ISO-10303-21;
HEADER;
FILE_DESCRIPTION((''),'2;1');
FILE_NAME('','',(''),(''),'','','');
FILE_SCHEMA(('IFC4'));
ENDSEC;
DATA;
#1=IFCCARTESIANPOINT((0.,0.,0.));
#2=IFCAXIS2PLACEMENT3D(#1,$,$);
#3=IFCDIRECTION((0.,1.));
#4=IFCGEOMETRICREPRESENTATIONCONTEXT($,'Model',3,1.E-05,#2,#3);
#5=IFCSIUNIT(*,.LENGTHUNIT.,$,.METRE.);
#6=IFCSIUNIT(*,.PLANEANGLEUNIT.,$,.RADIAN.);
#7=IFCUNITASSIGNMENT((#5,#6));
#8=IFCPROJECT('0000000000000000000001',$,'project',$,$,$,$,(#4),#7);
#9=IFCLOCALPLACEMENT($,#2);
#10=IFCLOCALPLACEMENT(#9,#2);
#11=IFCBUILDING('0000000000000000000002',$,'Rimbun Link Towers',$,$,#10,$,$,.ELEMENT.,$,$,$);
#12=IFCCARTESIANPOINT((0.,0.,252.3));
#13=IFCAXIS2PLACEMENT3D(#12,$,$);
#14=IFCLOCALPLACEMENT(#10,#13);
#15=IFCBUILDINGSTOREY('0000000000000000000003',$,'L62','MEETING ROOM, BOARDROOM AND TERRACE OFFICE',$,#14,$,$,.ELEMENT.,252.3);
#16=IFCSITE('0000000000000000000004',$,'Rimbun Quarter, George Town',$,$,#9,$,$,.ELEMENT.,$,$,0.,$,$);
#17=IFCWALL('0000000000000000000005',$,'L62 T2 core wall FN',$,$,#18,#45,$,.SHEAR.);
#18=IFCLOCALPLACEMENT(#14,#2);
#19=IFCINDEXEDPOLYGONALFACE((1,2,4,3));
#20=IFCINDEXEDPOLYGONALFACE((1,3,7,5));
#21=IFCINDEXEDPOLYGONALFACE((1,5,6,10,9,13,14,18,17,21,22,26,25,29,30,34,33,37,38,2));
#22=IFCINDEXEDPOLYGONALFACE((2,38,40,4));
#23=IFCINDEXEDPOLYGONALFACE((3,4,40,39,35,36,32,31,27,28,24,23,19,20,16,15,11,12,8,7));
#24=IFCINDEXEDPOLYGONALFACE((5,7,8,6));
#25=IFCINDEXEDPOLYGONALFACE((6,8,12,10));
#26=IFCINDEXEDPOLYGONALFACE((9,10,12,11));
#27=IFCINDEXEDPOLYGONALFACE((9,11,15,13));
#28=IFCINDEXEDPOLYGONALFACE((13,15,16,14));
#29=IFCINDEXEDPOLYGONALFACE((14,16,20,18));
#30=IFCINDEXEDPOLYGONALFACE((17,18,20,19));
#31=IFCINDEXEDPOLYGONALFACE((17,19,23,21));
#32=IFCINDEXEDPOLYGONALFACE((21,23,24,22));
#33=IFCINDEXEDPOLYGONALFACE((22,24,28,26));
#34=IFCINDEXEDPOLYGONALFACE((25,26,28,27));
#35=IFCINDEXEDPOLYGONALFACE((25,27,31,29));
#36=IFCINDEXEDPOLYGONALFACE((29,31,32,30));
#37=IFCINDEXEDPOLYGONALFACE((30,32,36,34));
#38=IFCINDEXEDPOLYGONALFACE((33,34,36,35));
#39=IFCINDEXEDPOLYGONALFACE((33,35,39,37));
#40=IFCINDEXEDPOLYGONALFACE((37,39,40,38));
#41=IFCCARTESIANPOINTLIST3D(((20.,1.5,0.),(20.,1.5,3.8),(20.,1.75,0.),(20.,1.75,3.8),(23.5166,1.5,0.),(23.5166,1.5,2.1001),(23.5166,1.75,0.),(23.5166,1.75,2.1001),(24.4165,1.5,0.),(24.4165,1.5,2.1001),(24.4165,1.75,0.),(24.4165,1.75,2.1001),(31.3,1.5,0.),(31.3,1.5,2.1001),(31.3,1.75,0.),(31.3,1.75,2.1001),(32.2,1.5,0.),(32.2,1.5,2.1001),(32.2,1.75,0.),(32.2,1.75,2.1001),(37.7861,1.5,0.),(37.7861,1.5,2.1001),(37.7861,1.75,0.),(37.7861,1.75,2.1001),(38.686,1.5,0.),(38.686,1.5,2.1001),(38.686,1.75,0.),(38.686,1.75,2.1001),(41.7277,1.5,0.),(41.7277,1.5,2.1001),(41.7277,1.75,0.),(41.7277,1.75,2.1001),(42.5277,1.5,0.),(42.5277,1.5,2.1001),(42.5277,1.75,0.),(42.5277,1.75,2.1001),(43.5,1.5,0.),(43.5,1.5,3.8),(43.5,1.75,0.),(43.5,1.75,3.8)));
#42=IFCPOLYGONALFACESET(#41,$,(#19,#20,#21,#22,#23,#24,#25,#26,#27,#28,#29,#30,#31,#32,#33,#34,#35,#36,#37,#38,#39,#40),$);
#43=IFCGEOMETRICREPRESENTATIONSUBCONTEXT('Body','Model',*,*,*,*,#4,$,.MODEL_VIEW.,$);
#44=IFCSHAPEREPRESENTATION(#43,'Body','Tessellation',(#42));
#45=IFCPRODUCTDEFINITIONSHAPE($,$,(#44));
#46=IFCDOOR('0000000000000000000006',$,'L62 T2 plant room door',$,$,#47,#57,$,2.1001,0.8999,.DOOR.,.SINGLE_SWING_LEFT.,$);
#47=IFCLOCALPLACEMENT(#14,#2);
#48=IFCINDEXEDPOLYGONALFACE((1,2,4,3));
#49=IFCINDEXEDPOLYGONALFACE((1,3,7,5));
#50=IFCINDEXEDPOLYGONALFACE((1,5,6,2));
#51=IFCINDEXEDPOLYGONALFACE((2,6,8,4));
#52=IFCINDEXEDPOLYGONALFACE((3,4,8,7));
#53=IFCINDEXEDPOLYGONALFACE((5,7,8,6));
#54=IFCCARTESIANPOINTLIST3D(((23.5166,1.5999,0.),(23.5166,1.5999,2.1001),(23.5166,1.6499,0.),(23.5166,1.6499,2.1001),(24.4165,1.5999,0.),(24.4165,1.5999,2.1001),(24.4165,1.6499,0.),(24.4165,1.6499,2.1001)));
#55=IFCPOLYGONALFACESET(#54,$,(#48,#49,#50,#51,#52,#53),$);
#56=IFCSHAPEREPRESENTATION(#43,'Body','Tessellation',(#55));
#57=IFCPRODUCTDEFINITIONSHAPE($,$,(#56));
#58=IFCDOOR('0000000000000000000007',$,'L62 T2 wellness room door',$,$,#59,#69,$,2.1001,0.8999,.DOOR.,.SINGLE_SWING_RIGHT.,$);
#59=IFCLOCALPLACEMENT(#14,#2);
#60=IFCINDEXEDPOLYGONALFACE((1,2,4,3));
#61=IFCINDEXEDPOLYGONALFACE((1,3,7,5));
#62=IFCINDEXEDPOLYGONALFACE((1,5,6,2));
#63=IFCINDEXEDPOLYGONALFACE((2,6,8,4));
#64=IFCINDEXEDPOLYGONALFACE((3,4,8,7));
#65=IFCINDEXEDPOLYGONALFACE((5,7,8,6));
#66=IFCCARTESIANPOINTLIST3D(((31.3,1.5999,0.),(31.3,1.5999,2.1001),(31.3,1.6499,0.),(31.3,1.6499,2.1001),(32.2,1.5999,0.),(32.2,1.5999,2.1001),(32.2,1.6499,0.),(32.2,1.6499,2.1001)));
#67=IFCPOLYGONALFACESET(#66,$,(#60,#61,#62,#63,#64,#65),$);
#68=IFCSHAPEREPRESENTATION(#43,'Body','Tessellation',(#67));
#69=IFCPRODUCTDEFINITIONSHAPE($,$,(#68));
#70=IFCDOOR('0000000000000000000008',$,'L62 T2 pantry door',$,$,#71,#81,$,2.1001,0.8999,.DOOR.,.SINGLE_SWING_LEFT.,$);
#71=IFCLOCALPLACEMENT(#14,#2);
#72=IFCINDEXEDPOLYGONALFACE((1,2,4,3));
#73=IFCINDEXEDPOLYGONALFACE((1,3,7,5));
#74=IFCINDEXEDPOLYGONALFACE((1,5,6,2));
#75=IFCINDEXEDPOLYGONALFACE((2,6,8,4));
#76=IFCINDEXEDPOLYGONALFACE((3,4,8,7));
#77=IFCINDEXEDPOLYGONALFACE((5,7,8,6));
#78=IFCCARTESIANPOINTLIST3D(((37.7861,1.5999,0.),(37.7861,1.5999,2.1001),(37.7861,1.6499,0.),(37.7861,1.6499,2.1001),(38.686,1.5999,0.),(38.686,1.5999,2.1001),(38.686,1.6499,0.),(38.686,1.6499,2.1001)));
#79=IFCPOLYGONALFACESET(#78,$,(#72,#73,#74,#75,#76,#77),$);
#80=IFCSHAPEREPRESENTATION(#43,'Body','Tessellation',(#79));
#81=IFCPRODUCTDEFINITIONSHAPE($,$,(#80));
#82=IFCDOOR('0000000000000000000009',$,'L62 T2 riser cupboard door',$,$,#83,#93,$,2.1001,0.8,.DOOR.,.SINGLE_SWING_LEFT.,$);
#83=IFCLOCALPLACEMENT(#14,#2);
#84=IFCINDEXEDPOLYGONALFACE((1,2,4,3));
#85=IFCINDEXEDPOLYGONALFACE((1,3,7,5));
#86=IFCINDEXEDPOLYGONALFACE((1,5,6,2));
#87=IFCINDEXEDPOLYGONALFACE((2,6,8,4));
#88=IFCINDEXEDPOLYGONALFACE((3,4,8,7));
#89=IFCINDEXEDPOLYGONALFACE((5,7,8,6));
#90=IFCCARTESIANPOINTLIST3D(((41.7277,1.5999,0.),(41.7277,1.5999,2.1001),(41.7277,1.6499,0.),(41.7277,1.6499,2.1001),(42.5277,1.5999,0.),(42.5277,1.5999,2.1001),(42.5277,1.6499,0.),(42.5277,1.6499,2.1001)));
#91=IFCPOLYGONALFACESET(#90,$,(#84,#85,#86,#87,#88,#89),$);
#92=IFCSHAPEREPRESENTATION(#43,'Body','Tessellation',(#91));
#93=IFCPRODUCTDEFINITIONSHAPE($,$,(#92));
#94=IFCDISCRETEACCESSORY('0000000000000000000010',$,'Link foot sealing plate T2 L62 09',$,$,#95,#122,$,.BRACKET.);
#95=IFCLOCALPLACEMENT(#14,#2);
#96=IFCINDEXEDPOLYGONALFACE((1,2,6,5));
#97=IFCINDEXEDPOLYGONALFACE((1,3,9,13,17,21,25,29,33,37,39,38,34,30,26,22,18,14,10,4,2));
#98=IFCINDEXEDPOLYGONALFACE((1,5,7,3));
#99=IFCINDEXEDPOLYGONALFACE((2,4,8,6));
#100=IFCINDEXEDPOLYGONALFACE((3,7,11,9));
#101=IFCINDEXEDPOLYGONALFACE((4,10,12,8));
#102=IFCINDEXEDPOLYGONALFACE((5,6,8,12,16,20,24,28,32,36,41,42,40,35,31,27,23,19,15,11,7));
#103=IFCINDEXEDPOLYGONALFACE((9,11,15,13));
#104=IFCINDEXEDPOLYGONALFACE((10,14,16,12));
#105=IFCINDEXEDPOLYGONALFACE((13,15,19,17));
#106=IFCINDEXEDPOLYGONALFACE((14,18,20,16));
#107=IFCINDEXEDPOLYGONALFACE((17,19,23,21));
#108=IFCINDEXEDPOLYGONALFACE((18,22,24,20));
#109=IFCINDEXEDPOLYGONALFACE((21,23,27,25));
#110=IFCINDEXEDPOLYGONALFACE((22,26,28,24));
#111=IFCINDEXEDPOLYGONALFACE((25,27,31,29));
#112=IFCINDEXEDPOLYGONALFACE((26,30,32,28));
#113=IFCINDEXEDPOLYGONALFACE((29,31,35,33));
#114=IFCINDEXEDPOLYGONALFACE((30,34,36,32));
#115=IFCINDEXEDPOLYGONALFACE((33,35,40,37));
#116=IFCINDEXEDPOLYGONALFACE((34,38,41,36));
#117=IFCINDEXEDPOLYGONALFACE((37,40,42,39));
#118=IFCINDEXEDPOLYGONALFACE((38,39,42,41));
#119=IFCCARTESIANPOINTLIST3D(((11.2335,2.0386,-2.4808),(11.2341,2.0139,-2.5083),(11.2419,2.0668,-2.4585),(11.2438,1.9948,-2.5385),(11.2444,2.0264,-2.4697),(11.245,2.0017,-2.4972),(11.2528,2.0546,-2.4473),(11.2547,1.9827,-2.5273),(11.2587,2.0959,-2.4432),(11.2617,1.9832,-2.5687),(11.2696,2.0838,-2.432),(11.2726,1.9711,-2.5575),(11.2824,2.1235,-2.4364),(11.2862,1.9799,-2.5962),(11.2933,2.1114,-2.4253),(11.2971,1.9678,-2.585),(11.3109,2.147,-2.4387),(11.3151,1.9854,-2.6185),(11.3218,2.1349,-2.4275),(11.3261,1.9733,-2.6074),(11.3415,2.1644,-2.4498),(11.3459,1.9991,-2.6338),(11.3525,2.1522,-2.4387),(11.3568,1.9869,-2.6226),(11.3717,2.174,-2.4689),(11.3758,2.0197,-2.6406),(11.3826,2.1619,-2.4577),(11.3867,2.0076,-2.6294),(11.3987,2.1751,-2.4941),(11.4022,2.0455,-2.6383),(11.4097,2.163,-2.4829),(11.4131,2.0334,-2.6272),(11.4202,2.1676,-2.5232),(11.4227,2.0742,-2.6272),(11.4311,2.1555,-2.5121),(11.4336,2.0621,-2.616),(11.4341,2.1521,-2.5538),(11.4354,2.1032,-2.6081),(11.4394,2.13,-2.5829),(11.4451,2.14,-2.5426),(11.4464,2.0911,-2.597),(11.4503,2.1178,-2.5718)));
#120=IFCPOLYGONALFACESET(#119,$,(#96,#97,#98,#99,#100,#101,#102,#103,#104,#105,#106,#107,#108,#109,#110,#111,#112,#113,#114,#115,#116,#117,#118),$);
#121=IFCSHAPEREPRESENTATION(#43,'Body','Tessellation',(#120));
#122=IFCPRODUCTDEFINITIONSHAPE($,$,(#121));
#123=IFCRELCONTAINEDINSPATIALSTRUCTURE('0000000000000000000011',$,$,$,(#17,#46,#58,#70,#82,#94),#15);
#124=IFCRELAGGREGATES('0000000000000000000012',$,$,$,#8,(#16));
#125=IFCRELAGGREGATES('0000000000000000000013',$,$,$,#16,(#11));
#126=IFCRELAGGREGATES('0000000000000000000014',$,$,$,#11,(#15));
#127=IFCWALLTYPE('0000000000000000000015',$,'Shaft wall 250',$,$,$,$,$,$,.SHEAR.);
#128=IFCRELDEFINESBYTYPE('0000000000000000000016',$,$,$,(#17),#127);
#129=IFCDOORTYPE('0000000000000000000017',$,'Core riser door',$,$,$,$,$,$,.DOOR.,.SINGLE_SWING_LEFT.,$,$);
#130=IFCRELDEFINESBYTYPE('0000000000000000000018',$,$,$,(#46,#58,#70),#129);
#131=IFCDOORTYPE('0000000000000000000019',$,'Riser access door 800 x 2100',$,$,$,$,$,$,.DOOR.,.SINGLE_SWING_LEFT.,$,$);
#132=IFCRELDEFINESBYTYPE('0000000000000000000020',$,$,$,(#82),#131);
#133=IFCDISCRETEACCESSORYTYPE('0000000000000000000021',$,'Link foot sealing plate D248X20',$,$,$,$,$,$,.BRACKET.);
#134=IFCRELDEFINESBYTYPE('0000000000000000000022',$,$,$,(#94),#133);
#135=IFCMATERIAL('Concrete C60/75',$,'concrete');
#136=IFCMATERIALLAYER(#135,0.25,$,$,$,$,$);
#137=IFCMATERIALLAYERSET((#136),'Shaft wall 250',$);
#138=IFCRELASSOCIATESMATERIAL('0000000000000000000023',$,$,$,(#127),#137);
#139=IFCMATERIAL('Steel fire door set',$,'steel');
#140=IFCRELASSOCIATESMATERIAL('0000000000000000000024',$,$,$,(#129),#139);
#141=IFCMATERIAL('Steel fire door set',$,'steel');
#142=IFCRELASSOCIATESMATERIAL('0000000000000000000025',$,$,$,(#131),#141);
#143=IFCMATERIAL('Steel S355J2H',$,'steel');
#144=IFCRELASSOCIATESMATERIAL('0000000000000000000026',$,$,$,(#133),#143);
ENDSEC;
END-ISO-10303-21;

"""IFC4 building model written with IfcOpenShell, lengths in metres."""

from ifc_helpers import new_model, si_unit, direction, frame, frame_2d, origin, origin_2d, place, context, subcontext, project, spatial, rectangle, circle, extrude, material, layer, layer_set, material_profile, profile_set, type_object, element, fill, save


model = new_model("IFC4")

# Units and contexts
model_context = context("Model", 3, precision=1e-05, world=origin(), true_north=direction((0.0, 1.0)))
body_context = subcontext(model_context, "Body", "Model", "MODEL_VIEW")
ifc_project = project(units=[si_unit("LENGTHUNIT", "METRE"), si_unit("PLANEANGLEUNIT", "RADIAN")], contexts=[model_context])

# Site, building, storey
site_placement = place(None, origin())
site = spatial("IfcSite", under=ifc_project, at=site_placement, Name="Rimbun Quarter, George Town", CompositionType="ELEMENT", RefElevation=0.0)
building_placement = place(site_placement, origin())
building = spatial("IfcBuilding", under=site, at=building_placement, Name="Rimbun Link Towers", CompositionType="ELEMENT")
storey_placement = place(building_placement, frame((0.0, 0.0, 252.3)))
storey = spatial("IfcBuildingStorey", under=building, at=storey_placement, Name="L62", Description="MEETING ROOM, BOARDROOM AND TERRACE OFFICE", CompositionType="ELEMENT", Elevation=252.3)

# Shared definitions
ifc_material_1 = material(Name="Concrete C60/75", Category="concrete")
ifc_layer_1 = layer(ifc_material_1, 0.25)
ifc_layer_set_1 = layer_set([ifc_layer_1], Name="Shaft wall 250")
wall_type_1 = type_object("IfcWallType", Name="Shaft wall 250", PredefinedType="SHEAR", material=ifc_layer_set_1)

# Wall, openings, doors
wall_1_placement = place(storey_placement, frame((20.0, 1.625, 0.0), z_axis=(0.0, 0.0, 1.0), x_axis=(1.0, 0.0, 0.0)))
wall_1 = element("IfcWall", 1, at=wall_1_placement, inside=storey, type_object=wall_type_1, Name="L62 T2 core wall FN", PredefinedType="SHEAR", context=body_context, shape_type="SweptSolid", body=[
    extrude(rectangle(XDim=23.5, YDim=0.25, at=frame_2d((11.75, 0.0))), origin(), (0.0, 0.0, 1.0), 3.8),
])
opening_1_placement = place(wall_1_placement, frame((3.5166, 0.0, 0.0)))
opening_1 = element("IfcOpeningElement", 2, at=opening_1_placement, cuts=wall_1, PredefinedType="OPENING", context=body_context, shape_type="SweptSolid", body=[
    extrude(rectangle(XDim=0.8999, YDim=2.1001, at=frame_2d((0.45, 1.05))), frame((0.0, 0.135, 0.0), z_axis=(0.0, -1.0, 0.0), x_axis=(1.0, 0.0, 0.0)), (0.0, 0.0, 1.0), 0.27),
])
opening_2_placement = place(wall_1_placement, frame((11.3, 0.0, 0.0)))
opening_2 = element("IfcOpeningElement", 3, at=opening_2_placement, cuts=wall_1, PredefinedType="OPENING", context=body_context, shape_type="SweptSolid", body=[
    extrude(rectangle(XDim=0.8999, YDim=2.1001, at=frame_2d((0.45, 1.05))), frame((0.0, 0.135, 0.0), z_axis=(0.0, -1.0, 0.0), x_axis=(1.0, 0.0, 0.0)), (0.0, 0.0, 1.0), 0.27),
])
opening_3_placement = place(wall_1_placement, frame((17.7861, 0.0, 0.0)))
opening_3 = element("IfcOpeningElement", 4, at=opening_3_placement, cuts=wall_1, PredefinedType="OPENING", context=body_context, shape_type="SweptSolid", body=[
    extrude(rectangle(XDim=0.8999, YDim=2.1001, at=frame_2d((0.45, 1.05))), frame((0.0, 0.135, 0.0), z_axis=(0.0, -1.0, 0.0), x_axis=(1.0, 0.0, 0.0)), (0.0, 0.0, 1.0), 0.27),
])
opening_4_placement = place(wall_1_placement, frame((21.7278, 0.0, 0.0)))
opening_4 = element("IfcOpeningElement", 5, at=opening_4_placement, cuts=wall_1, PredefinedType="OPENING", context=body_context, shape_type="SweptSolid", body=[
    extrude(rectangle(XDim=0.8, YDim=2.1001, at=frame_2d((0.3999, 1.05))), frame((0.0, 0.135, 0.0), z_axis=(0.0, -1.0, 0.0), x_axis=(1.0, 0.0, 0.0)), (0.0, 0.0, 1.0), 0.27),
])
ifc_material_2 = material(Name="Steel fire door set", Category="steel")
door_type_1 = type_object("IfcDoorType", Name="Core riser door", OperationType="SINGLE_SWING_LEFT", PredefinedType="DOOR", material=ifc_material_2)
door_1_placement = place(opening_1_placement, origin())
door_1 = element("IfcDoor", 6, at=door_1_placement, inside=storey, type_object=door_type_1, Name="L62 T2 plant room door", OperationType="SINGLE_SWING_LEFT", OverallHeight=2.1001, OverallWidth=0.8999, PredefinedType="DOOR", context=body_context, shape_type="SweptSolid", body=[
    extrude(rectangle(XDim=0.8999, YDim=2.1001, at=frame_2d((0.45, 1.05))), frame((0.0, 0.0249, 0.0), z_axis=(0.0, -1.0, 0.0), x_axis=(1.0, 0.0, 0.0)), (0.0, 0.0, 1.0), 0.05),
])
fill(opening_1, door_1)
door_2_placement = place(opening_2_placement, origin())
door_2 = element("IfcDoor", 7, at=door_2_placement, inside=storey, type_object=door_type_1, Name="L62 T2 wellness room door", OperationType="SINGLE_SWING_RIGHT", OverallHeight=2.1001, OverallWidth=0.8999, PredefinedType="DOOR", context=body_context, shape_type="SweptSolid", body=[
    extrude(rectangle(XDim=0.8999, YDim=2.1001, at=frame_2d((0.45, 1.05))), frame((0.0, 0.0249, 0.0), z_axis=(0.0, -1.0, 0.0), x_axis=(1.0, 0.0, 0.0)), (0.0, 0.0, 1.0), 0.05),
])
fill(opening_2, door_2)
door_3_placement = place(opening_3_placement, origin())
door_3 = element("IfcDoor", 8, at=door_3_placement, inside=storey, type_object=door_type_1, Name="L62 T2 pantry door", OperationType="SINGLE_SWING_LEFT", OverallHeight=2.1001, OverallWidth=0.8999, PredefinedType="DOOR", context=body_context, shape_type="SweptSolid", body=[
    extrude(rectangle(XDim=0.8999, YDim=2.1001, at=frame_2d((0.45, 1.05))), frame((0.0, 0.0249, 0.0), z_axis=(0.0, -1.0, 0.0), x_axis=(1.0, 0.0, 0.0)), (0.0, 0.0, 1.0), 0.05),
])
fill(opening_3, door_3)
ifc_material_3 = material(Name="Steel fire door set", Category="steel")
door_type_2 = type_object("IfcDoorType", Name="Riser access door 800 x 2100", OperationType="SINGLE_SWING_LEFT", PredefinedType="DOOR", material=ifc_material_3)
door_4_placement = place(opening_4_placement, origin())
door_4 = element("IfcDoor", 9, at=door_4_placement, inside=storey, type_object=door_type_2, Name="L62 T2 riser cupboard door", OperationType="SINGLE_SWING_LEFT", OverallHeight=2.1001, OverallWidth=0.8, PredefinedType="DOOR", context=body_context, shape_type="SweptSolid", body=[
    extrude(rectangle(XDim=0.8, YDim=2.1001, at=frame_2d((0.3999, 1.05))), frame((0.0, 0.0249, 0.0), z_axis=(0.0, -1.0, 0.0), x_axis=(1.0, 0.0, 0.0)), (0.0, 0.0, 1.0), 0.05),
])
fill(opening_4, door_4)

# Discrete accessory
ifc_material_4 = material(Name="Steel S355J2H", Category="steel")
ifc_material_profile_1 = material_profile(ifc_material_4, circle(Radius=0.124, at=origin_2d()), Name="PL D248")
ifc_profile_set_1 = profile_set([ifc_material_profile_1], Name="Steel S355J2H")
discrete_accessory_type = type_object("IfcDiscreteAccessoryType", Name="Link foot sealing plate D248X20", PredefinedType="BRACKET", material=ifc_profile_set_1)
discrete_accessory_placement = place(storey_placement, frame((11.3469, 2.0657, -2.5273), z_axis=(-0.552199, 0.613555, -0.56447), x_axis=(-0.743294, -0.668965, 0.0)))
element("IfcDiscreteAccessory", 10, at=discrete_accessory_placement, inside=storey, type_object=discrete_accessory_type, Name="Link foot sealing plate T2 L62 09", PredefinedType="BRACKET", context=body_context, shape_type="SweptSolid", body=[
    extrude(circle(Radius=0.124, at=origin_2d()), origin(), (0.0, 0.0, 1.0), 0.0198),
])

save(model, "model.ifc")
